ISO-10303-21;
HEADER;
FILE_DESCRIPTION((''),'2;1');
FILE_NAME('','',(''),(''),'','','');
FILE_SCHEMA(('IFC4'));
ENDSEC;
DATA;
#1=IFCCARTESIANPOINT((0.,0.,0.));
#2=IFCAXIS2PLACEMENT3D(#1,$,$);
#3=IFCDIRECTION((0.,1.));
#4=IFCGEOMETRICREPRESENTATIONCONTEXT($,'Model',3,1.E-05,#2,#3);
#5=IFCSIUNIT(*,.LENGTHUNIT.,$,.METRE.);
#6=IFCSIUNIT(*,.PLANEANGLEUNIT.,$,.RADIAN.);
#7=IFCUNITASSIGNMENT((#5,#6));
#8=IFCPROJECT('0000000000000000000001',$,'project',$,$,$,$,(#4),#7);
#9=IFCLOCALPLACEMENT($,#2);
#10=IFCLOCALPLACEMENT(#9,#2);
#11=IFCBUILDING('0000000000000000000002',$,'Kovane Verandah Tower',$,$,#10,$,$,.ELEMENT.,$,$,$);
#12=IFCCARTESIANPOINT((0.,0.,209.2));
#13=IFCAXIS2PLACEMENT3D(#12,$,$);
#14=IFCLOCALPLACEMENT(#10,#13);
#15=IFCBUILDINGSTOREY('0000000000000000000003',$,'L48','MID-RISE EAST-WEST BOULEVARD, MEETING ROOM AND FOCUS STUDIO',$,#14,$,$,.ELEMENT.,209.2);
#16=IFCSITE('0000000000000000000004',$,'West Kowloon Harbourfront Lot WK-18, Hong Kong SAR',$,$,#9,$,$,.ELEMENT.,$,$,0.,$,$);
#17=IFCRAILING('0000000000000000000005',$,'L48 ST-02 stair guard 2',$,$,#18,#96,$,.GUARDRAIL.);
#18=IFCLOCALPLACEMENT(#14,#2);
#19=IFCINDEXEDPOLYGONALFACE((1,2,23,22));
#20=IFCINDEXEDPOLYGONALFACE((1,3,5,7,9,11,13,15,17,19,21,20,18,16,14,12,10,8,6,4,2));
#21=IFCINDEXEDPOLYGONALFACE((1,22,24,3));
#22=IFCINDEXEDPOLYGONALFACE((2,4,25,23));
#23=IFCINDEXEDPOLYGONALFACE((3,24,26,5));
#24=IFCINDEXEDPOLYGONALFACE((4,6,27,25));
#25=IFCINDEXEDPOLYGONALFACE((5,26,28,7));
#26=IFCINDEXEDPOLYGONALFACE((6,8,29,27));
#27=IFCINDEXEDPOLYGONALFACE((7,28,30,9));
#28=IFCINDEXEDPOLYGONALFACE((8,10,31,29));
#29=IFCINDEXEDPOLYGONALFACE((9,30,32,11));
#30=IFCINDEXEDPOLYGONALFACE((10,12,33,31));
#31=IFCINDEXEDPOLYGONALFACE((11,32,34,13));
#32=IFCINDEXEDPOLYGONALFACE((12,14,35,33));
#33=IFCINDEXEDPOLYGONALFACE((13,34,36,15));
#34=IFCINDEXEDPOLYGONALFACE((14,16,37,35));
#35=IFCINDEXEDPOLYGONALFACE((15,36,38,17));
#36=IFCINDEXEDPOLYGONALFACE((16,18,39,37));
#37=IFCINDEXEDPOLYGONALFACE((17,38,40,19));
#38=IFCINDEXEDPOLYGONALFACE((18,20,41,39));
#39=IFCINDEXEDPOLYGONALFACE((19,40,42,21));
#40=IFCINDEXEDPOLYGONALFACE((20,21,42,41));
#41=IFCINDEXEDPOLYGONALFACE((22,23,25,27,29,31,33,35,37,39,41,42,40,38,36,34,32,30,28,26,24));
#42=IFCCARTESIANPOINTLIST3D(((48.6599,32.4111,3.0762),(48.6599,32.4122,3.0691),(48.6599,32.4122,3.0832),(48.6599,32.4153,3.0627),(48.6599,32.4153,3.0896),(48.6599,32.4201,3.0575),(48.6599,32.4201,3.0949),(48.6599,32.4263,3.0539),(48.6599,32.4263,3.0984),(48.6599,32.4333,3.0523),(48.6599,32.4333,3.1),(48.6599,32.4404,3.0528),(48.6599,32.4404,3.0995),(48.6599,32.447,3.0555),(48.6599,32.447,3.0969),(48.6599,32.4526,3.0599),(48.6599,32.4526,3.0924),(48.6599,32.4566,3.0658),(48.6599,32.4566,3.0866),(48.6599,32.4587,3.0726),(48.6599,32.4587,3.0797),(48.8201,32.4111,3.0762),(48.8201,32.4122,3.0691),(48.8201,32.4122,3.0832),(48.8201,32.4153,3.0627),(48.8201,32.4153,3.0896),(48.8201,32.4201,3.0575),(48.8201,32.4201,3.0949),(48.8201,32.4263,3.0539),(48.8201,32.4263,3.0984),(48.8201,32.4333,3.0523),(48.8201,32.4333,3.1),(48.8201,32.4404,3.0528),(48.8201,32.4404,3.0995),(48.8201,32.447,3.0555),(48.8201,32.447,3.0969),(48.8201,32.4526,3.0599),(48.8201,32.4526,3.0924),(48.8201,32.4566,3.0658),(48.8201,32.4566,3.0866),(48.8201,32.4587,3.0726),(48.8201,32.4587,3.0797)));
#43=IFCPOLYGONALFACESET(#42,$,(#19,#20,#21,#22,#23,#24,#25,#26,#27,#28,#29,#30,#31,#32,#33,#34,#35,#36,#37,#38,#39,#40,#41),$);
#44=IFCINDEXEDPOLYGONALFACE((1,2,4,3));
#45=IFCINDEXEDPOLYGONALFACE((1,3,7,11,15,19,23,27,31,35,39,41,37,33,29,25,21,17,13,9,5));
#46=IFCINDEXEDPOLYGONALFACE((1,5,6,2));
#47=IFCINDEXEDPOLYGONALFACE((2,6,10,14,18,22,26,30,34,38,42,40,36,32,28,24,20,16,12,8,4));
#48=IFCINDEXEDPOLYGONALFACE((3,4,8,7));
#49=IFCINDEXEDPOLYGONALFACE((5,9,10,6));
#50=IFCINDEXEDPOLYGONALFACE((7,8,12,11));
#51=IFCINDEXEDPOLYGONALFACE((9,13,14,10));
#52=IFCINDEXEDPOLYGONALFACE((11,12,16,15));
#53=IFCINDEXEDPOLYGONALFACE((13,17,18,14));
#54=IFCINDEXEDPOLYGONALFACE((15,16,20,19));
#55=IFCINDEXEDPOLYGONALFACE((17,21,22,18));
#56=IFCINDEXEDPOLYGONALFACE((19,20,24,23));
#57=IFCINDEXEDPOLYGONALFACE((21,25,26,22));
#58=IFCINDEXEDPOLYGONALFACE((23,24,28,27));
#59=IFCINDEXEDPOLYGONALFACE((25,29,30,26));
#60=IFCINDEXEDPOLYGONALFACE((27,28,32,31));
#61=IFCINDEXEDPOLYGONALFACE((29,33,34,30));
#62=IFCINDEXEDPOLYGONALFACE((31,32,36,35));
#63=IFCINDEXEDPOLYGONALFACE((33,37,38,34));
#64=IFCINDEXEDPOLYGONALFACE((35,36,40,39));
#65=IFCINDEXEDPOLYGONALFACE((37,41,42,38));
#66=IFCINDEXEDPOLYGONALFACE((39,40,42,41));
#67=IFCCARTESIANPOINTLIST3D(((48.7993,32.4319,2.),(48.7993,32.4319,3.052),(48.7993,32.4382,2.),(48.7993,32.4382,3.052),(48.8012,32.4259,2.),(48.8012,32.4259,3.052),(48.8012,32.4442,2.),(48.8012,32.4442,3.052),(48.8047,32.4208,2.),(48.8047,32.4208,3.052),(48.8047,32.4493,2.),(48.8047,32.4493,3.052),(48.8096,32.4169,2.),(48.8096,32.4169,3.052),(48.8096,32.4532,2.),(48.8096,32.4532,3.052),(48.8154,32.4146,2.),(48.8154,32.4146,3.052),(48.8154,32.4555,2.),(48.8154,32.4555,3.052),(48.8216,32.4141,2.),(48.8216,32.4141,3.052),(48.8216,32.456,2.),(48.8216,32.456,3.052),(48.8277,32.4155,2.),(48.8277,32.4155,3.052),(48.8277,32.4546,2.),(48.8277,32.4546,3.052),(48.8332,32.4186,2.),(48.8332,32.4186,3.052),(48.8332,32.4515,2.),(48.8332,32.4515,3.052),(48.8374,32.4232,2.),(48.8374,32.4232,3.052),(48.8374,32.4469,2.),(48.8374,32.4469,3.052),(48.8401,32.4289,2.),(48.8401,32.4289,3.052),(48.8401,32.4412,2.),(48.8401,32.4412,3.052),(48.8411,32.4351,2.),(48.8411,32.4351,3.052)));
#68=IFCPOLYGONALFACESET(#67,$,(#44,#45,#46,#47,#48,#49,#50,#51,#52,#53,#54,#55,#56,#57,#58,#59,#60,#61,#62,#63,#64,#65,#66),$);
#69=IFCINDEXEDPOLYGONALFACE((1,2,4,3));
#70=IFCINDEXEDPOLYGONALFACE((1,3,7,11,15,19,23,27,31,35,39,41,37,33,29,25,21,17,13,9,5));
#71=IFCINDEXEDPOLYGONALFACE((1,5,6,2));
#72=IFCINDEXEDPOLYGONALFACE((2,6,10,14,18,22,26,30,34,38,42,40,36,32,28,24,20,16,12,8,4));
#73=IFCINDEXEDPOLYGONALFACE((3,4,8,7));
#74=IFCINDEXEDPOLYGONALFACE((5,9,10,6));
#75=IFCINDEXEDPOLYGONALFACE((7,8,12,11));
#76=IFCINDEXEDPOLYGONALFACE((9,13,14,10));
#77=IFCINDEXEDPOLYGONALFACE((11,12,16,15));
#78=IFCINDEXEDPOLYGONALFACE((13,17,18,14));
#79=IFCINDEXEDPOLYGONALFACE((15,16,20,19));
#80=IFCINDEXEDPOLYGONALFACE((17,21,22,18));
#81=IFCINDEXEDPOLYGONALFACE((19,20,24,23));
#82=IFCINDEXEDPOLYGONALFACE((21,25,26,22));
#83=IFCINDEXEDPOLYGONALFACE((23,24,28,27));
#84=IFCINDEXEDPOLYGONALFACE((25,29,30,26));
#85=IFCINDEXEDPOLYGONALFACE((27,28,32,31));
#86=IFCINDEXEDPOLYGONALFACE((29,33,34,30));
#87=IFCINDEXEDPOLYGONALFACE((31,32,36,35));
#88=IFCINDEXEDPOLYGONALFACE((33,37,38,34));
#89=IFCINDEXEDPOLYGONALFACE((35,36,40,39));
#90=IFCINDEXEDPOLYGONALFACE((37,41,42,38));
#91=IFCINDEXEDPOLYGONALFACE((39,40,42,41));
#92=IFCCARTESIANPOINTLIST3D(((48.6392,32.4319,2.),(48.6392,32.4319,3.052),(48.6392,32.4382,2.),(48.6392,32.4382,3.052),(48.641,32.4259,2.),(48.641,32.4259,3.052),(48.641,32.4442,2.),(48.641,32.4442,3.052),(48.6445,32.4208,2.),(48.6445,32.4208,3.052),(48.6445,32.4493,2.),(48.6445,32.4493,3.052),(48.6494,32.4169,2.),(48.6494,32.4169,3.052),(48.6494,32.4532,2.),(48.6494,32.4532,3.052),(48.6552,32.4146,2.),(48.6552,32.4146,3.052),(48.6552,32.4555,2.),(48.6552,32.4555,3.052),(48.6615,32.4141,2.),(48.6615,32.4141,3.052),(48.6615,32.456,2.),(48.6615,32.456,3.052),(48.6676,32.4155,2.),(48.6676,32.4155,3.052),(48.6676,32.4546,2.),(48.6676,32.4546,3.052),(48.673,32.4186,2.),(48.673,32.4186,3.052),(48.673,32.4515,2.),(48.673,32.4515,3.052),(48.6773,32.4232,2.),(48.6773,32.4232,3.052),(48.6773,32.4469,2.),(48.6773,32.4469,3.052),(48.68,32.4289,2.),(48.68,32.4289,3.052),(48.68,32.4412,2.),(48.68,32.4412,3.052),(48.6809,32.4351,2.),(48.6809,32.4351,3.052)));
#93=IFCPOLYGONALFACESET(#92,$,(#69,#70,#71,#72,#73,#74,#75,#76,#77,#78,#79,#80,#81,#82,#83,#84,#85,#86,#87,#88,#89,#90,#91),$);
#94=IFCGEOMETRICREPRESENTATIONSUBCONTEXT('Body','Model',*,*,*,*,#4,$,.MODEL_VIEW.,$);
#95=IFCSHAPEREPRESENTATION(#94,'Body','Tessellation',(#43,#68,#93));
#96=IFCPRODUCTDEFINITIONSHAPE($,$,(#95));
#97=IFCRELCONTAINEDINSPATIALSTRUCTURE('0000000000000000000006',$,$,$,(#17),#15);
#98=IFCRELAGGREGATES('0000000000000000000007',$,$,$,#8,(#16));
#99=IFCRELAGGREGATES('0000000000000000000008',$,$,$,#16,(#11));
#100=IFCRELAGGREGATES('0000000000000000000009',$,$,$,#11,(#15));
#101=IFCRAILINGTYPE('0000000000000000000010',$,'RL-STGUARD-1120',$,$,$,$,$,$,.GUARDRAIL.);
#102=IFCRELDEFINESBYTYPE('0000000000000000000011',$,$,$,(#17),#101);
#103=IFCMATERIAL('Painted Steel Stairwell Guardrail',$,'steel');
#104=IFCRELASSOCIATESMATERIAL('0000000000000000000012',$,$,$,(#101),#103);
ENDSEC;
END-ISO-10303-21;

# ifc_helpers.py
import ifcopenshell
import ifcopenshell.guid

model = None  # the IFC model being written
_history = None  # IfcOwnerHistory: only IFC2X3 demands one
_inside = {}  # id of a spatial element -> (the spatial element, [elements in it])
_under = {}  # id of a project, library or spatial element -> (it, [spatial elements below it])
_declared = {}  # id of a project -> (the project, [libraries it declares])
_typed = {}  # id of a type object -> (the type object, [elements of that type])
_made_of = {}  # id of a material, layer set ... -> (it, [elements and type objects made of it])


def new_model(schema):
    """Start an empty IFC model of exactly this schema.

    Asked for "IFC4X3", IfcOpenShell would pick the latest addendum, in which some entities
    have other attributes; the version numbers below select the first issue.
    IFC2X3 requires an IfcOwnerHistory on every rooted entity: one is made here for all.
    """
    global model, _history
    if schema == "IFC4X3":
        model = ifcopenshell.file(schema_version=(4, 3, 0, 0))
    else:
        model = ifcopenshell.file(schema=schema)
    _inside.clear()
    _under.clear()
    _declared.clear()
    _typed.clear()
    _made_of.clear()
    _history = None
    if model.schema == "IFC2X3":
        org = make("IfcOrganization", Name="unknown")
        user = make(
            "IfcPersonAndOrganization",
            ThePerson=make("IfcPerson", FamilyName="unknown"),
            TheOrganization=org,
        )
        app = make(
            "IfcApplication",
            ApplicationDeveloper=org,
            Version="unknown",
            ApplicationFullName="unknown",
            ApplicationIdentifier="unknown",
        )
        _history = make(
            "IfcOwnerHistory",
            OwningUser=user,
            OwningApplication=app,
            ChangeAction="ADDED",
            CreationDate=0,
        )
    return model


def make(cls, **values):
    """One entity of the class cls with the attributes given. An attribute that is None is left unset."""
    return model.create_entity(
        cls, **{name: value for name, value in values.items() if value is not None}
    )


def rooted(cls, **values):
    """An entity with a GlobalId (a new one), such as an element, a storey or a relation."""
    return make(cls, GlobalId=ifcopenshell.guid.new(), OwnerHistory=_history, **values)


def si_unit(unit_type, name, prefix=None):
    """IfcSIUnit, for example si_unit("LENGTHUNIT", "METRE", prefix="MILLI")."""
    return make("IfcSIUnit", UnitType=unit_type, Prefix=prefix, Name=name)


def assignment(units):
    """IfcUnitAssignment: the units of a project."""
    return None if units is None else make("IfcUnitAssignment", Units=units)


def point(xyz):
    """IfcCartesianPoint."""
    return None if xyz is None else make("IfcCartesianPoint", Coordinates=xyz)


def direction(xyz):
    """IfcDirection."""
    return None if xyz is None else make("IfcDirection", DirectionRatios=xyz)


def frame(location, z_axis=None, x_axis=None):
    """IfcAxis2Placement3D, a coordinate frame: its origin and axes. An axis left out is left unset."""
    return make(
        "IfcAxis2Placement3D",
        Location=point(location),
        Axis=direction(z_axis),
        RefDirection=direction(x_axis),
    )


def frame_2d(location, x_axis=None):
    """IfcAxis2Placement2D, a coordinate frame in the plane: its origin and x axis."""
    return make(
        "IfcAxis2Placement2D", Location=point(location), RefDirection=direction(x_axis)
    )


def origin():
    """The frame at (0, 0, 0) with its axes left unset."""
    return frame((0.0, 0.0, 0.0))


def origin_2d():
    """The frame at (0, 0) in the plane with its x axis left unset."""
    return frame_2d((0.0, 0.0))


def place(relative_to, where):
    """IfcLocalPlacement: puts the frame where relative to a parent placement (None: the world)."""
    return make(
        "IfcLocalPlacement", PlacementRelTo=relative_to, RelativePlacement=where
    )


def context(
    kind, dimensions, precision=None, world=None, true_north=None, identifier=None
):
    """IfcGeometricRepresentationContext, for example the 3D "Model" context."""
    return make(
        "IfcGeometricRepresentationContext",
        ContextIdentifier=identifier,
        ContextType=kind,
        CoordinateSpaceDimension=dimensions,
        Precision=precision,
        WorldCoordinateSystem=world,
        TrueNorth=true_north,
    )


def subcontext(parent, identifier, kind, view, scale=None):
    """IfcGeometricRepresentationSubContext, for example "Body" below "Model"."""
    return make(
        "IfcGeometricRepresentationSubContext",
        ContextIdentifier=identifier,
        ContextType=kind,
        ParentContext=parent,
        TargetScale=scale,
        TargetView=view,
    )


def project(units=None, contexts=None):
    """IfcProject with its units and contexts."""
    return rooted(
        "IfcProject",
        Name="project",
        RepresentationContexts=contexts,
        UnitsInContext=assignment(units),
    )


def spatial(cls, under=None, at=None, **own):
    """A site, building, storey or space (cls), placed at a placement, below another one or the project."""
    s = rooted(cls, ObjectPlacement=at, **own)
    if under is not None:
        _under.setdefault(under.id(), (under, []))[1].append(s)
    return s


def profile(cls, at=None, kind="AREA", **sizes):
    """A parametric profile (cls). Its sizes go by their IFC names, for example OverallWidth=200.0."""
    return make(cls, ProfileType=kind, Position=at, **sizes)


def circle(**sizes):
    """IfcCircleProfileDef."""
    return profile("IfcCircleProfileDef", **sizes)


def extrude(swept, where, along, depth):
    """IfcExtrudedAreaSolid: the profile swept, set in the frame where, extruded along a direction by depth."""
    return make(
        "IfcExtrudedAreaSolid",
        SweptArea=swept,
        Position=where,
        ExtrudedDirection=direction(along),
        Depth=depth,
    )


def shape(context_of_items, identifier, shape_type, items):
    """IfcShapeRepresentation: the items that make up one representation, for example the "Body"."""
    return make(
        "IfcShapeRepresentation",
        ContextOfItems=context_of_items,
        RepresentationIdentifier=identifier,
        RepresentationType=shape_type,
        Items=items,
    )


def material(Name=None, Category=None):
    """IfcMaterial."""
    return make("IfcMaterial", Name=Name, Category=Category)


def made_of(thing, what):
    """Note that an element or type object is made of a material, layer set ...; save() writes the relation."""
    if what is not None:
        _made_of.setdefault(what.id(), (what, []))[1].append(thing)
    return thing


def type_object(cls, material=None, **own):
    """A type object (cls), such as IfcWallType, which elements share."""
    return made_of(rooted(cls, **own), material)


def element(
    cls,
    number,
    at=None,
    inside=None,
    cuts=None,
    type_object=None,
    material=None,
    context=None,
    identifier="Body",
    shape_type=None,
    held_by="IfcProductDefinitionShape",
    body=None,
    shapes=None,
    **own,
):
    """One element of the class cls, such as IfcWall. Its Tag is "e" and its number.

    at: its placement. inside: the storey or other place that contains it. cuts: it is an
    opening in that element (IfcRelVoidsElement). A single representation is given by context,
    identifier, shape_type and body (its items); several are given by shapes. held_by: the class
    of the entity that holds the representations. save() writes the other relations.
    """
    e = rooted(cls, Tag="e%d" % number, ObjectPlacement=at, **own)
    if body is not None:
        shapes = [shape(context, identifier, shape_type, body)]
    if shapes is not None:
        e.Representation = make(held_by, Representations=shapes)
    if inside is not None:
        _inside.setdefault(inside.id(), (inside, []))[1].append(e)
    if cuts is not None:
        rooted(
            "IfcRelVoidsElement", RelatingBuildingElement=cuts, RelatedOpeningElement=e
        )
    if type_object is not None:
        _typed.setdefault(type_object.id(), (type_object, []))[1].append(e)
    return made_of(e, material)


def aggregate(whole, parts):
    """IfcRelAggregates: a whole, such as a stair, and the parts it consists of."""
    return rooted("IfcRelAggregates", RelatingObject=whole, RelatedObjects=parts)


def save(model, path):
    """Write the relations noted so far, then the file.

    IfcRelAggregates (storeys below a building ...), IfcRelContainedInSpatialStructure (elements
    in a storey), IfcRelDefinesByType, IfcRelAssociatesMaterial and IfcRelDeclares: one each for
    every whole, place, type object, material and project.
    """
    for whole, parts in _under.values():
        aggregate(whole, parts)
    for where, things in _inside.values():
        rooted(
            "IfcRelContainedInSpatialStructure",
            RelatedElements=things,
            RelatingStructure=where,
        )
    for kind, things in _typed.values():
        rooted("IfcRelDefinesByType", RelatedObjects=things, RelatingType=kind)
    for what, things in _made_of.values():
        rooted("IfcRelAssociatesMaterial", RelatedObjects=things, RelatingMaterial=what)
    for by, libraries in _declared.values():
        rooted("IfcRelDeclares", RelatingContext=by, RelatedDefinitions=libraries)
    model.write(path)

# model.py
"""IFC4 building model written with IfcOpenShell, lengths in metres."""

from ifc_helpers import new_model, si_unit, direction, frame, origin, origin_2d, place, context, subcontext, project, spatial, circle, extrude, material, type_object, element, save


model = new_model("IFC4")

# Units and contexts
model_context = context("Model", 3, precision=1e-05, world=origin(), true_north=direction((0.0, 1.0)))
body_context = subcontext(model_context, "Body", "Model", "MODEL_VIEW")
ifc_project = project(units=[si_unit("LENGTHUNIT", "METRE"), si_unit("PLANEANGLEUNIT", "RADIAN")], contexts=[model_context])

# Site, building, storey
site_placement = place(None, origin())
site = spatial("IfcSite", under=ifc_project, at=site_placement, Name="West Kowloon Harbourfront Lot WK-18, Hong Kong SAR", CompositionType="ELEMENT", RefElevation=0.0)
building_placement = place(site_placement, origin())
building = spatial("IfcBuilding", under=site, at=building_placement, Name="Kovane Verandah Tower", CompositionType="ELEMENT")
storey_placement = place(building_placement, frame((0.0, 0.0, 209.2)))
storey = spatial("IfcBuildingStorey", under=building, at=storey_placement, Name="L48", Description="MID-RISE EAST-WEST BOULEVARD, MEETING ROOM AND FOCUS STUDIO", CompositionType="ELEMENT", Elevation=209.2)

# Railing
ifc_material_1 = material(Name="Painted Steel Stairwell Guardrail", Category="steel")
railing_type_1 = type_object("IfcRailingType", Name="RL-STGUARD-1120", PredefinedType="GUARDRAIL", material=ifc_material_1)
railing_1_placement = place(storey_placement, frame((48.8201, 32.4351, 2.0)))
element("IfcRailing", 1, at=railing_1_placement, inside=storey, type_object=railing_type_1, Name="L48 ST-02 stair guard 2", PredefinedType="GUARDRAIL", context=body_context, shape_type="SweptSolid", body=[
    extrude(circle(Radius=0.0239, at=origin_2d()), frame((0.0, 0.0, 1.0762), z_axis=(-1.0, 0.0, 0.0), x_axis=(0.0, -1.0, 0.0)), (0.0, 0.0, 1.0), 0.1602),
    extrude(circle(Radius=0.021, at=origin_2d()), origin(), (0.0, 0.0, 1.0), 1.052),
    extrude(circle(Radius=0.021, at=origin_2d()), frame((-0.1602, 0.0, 0.0)), (0.0, 0.0, 1.0), 1.052),
])

save(model, "model.ifc")
